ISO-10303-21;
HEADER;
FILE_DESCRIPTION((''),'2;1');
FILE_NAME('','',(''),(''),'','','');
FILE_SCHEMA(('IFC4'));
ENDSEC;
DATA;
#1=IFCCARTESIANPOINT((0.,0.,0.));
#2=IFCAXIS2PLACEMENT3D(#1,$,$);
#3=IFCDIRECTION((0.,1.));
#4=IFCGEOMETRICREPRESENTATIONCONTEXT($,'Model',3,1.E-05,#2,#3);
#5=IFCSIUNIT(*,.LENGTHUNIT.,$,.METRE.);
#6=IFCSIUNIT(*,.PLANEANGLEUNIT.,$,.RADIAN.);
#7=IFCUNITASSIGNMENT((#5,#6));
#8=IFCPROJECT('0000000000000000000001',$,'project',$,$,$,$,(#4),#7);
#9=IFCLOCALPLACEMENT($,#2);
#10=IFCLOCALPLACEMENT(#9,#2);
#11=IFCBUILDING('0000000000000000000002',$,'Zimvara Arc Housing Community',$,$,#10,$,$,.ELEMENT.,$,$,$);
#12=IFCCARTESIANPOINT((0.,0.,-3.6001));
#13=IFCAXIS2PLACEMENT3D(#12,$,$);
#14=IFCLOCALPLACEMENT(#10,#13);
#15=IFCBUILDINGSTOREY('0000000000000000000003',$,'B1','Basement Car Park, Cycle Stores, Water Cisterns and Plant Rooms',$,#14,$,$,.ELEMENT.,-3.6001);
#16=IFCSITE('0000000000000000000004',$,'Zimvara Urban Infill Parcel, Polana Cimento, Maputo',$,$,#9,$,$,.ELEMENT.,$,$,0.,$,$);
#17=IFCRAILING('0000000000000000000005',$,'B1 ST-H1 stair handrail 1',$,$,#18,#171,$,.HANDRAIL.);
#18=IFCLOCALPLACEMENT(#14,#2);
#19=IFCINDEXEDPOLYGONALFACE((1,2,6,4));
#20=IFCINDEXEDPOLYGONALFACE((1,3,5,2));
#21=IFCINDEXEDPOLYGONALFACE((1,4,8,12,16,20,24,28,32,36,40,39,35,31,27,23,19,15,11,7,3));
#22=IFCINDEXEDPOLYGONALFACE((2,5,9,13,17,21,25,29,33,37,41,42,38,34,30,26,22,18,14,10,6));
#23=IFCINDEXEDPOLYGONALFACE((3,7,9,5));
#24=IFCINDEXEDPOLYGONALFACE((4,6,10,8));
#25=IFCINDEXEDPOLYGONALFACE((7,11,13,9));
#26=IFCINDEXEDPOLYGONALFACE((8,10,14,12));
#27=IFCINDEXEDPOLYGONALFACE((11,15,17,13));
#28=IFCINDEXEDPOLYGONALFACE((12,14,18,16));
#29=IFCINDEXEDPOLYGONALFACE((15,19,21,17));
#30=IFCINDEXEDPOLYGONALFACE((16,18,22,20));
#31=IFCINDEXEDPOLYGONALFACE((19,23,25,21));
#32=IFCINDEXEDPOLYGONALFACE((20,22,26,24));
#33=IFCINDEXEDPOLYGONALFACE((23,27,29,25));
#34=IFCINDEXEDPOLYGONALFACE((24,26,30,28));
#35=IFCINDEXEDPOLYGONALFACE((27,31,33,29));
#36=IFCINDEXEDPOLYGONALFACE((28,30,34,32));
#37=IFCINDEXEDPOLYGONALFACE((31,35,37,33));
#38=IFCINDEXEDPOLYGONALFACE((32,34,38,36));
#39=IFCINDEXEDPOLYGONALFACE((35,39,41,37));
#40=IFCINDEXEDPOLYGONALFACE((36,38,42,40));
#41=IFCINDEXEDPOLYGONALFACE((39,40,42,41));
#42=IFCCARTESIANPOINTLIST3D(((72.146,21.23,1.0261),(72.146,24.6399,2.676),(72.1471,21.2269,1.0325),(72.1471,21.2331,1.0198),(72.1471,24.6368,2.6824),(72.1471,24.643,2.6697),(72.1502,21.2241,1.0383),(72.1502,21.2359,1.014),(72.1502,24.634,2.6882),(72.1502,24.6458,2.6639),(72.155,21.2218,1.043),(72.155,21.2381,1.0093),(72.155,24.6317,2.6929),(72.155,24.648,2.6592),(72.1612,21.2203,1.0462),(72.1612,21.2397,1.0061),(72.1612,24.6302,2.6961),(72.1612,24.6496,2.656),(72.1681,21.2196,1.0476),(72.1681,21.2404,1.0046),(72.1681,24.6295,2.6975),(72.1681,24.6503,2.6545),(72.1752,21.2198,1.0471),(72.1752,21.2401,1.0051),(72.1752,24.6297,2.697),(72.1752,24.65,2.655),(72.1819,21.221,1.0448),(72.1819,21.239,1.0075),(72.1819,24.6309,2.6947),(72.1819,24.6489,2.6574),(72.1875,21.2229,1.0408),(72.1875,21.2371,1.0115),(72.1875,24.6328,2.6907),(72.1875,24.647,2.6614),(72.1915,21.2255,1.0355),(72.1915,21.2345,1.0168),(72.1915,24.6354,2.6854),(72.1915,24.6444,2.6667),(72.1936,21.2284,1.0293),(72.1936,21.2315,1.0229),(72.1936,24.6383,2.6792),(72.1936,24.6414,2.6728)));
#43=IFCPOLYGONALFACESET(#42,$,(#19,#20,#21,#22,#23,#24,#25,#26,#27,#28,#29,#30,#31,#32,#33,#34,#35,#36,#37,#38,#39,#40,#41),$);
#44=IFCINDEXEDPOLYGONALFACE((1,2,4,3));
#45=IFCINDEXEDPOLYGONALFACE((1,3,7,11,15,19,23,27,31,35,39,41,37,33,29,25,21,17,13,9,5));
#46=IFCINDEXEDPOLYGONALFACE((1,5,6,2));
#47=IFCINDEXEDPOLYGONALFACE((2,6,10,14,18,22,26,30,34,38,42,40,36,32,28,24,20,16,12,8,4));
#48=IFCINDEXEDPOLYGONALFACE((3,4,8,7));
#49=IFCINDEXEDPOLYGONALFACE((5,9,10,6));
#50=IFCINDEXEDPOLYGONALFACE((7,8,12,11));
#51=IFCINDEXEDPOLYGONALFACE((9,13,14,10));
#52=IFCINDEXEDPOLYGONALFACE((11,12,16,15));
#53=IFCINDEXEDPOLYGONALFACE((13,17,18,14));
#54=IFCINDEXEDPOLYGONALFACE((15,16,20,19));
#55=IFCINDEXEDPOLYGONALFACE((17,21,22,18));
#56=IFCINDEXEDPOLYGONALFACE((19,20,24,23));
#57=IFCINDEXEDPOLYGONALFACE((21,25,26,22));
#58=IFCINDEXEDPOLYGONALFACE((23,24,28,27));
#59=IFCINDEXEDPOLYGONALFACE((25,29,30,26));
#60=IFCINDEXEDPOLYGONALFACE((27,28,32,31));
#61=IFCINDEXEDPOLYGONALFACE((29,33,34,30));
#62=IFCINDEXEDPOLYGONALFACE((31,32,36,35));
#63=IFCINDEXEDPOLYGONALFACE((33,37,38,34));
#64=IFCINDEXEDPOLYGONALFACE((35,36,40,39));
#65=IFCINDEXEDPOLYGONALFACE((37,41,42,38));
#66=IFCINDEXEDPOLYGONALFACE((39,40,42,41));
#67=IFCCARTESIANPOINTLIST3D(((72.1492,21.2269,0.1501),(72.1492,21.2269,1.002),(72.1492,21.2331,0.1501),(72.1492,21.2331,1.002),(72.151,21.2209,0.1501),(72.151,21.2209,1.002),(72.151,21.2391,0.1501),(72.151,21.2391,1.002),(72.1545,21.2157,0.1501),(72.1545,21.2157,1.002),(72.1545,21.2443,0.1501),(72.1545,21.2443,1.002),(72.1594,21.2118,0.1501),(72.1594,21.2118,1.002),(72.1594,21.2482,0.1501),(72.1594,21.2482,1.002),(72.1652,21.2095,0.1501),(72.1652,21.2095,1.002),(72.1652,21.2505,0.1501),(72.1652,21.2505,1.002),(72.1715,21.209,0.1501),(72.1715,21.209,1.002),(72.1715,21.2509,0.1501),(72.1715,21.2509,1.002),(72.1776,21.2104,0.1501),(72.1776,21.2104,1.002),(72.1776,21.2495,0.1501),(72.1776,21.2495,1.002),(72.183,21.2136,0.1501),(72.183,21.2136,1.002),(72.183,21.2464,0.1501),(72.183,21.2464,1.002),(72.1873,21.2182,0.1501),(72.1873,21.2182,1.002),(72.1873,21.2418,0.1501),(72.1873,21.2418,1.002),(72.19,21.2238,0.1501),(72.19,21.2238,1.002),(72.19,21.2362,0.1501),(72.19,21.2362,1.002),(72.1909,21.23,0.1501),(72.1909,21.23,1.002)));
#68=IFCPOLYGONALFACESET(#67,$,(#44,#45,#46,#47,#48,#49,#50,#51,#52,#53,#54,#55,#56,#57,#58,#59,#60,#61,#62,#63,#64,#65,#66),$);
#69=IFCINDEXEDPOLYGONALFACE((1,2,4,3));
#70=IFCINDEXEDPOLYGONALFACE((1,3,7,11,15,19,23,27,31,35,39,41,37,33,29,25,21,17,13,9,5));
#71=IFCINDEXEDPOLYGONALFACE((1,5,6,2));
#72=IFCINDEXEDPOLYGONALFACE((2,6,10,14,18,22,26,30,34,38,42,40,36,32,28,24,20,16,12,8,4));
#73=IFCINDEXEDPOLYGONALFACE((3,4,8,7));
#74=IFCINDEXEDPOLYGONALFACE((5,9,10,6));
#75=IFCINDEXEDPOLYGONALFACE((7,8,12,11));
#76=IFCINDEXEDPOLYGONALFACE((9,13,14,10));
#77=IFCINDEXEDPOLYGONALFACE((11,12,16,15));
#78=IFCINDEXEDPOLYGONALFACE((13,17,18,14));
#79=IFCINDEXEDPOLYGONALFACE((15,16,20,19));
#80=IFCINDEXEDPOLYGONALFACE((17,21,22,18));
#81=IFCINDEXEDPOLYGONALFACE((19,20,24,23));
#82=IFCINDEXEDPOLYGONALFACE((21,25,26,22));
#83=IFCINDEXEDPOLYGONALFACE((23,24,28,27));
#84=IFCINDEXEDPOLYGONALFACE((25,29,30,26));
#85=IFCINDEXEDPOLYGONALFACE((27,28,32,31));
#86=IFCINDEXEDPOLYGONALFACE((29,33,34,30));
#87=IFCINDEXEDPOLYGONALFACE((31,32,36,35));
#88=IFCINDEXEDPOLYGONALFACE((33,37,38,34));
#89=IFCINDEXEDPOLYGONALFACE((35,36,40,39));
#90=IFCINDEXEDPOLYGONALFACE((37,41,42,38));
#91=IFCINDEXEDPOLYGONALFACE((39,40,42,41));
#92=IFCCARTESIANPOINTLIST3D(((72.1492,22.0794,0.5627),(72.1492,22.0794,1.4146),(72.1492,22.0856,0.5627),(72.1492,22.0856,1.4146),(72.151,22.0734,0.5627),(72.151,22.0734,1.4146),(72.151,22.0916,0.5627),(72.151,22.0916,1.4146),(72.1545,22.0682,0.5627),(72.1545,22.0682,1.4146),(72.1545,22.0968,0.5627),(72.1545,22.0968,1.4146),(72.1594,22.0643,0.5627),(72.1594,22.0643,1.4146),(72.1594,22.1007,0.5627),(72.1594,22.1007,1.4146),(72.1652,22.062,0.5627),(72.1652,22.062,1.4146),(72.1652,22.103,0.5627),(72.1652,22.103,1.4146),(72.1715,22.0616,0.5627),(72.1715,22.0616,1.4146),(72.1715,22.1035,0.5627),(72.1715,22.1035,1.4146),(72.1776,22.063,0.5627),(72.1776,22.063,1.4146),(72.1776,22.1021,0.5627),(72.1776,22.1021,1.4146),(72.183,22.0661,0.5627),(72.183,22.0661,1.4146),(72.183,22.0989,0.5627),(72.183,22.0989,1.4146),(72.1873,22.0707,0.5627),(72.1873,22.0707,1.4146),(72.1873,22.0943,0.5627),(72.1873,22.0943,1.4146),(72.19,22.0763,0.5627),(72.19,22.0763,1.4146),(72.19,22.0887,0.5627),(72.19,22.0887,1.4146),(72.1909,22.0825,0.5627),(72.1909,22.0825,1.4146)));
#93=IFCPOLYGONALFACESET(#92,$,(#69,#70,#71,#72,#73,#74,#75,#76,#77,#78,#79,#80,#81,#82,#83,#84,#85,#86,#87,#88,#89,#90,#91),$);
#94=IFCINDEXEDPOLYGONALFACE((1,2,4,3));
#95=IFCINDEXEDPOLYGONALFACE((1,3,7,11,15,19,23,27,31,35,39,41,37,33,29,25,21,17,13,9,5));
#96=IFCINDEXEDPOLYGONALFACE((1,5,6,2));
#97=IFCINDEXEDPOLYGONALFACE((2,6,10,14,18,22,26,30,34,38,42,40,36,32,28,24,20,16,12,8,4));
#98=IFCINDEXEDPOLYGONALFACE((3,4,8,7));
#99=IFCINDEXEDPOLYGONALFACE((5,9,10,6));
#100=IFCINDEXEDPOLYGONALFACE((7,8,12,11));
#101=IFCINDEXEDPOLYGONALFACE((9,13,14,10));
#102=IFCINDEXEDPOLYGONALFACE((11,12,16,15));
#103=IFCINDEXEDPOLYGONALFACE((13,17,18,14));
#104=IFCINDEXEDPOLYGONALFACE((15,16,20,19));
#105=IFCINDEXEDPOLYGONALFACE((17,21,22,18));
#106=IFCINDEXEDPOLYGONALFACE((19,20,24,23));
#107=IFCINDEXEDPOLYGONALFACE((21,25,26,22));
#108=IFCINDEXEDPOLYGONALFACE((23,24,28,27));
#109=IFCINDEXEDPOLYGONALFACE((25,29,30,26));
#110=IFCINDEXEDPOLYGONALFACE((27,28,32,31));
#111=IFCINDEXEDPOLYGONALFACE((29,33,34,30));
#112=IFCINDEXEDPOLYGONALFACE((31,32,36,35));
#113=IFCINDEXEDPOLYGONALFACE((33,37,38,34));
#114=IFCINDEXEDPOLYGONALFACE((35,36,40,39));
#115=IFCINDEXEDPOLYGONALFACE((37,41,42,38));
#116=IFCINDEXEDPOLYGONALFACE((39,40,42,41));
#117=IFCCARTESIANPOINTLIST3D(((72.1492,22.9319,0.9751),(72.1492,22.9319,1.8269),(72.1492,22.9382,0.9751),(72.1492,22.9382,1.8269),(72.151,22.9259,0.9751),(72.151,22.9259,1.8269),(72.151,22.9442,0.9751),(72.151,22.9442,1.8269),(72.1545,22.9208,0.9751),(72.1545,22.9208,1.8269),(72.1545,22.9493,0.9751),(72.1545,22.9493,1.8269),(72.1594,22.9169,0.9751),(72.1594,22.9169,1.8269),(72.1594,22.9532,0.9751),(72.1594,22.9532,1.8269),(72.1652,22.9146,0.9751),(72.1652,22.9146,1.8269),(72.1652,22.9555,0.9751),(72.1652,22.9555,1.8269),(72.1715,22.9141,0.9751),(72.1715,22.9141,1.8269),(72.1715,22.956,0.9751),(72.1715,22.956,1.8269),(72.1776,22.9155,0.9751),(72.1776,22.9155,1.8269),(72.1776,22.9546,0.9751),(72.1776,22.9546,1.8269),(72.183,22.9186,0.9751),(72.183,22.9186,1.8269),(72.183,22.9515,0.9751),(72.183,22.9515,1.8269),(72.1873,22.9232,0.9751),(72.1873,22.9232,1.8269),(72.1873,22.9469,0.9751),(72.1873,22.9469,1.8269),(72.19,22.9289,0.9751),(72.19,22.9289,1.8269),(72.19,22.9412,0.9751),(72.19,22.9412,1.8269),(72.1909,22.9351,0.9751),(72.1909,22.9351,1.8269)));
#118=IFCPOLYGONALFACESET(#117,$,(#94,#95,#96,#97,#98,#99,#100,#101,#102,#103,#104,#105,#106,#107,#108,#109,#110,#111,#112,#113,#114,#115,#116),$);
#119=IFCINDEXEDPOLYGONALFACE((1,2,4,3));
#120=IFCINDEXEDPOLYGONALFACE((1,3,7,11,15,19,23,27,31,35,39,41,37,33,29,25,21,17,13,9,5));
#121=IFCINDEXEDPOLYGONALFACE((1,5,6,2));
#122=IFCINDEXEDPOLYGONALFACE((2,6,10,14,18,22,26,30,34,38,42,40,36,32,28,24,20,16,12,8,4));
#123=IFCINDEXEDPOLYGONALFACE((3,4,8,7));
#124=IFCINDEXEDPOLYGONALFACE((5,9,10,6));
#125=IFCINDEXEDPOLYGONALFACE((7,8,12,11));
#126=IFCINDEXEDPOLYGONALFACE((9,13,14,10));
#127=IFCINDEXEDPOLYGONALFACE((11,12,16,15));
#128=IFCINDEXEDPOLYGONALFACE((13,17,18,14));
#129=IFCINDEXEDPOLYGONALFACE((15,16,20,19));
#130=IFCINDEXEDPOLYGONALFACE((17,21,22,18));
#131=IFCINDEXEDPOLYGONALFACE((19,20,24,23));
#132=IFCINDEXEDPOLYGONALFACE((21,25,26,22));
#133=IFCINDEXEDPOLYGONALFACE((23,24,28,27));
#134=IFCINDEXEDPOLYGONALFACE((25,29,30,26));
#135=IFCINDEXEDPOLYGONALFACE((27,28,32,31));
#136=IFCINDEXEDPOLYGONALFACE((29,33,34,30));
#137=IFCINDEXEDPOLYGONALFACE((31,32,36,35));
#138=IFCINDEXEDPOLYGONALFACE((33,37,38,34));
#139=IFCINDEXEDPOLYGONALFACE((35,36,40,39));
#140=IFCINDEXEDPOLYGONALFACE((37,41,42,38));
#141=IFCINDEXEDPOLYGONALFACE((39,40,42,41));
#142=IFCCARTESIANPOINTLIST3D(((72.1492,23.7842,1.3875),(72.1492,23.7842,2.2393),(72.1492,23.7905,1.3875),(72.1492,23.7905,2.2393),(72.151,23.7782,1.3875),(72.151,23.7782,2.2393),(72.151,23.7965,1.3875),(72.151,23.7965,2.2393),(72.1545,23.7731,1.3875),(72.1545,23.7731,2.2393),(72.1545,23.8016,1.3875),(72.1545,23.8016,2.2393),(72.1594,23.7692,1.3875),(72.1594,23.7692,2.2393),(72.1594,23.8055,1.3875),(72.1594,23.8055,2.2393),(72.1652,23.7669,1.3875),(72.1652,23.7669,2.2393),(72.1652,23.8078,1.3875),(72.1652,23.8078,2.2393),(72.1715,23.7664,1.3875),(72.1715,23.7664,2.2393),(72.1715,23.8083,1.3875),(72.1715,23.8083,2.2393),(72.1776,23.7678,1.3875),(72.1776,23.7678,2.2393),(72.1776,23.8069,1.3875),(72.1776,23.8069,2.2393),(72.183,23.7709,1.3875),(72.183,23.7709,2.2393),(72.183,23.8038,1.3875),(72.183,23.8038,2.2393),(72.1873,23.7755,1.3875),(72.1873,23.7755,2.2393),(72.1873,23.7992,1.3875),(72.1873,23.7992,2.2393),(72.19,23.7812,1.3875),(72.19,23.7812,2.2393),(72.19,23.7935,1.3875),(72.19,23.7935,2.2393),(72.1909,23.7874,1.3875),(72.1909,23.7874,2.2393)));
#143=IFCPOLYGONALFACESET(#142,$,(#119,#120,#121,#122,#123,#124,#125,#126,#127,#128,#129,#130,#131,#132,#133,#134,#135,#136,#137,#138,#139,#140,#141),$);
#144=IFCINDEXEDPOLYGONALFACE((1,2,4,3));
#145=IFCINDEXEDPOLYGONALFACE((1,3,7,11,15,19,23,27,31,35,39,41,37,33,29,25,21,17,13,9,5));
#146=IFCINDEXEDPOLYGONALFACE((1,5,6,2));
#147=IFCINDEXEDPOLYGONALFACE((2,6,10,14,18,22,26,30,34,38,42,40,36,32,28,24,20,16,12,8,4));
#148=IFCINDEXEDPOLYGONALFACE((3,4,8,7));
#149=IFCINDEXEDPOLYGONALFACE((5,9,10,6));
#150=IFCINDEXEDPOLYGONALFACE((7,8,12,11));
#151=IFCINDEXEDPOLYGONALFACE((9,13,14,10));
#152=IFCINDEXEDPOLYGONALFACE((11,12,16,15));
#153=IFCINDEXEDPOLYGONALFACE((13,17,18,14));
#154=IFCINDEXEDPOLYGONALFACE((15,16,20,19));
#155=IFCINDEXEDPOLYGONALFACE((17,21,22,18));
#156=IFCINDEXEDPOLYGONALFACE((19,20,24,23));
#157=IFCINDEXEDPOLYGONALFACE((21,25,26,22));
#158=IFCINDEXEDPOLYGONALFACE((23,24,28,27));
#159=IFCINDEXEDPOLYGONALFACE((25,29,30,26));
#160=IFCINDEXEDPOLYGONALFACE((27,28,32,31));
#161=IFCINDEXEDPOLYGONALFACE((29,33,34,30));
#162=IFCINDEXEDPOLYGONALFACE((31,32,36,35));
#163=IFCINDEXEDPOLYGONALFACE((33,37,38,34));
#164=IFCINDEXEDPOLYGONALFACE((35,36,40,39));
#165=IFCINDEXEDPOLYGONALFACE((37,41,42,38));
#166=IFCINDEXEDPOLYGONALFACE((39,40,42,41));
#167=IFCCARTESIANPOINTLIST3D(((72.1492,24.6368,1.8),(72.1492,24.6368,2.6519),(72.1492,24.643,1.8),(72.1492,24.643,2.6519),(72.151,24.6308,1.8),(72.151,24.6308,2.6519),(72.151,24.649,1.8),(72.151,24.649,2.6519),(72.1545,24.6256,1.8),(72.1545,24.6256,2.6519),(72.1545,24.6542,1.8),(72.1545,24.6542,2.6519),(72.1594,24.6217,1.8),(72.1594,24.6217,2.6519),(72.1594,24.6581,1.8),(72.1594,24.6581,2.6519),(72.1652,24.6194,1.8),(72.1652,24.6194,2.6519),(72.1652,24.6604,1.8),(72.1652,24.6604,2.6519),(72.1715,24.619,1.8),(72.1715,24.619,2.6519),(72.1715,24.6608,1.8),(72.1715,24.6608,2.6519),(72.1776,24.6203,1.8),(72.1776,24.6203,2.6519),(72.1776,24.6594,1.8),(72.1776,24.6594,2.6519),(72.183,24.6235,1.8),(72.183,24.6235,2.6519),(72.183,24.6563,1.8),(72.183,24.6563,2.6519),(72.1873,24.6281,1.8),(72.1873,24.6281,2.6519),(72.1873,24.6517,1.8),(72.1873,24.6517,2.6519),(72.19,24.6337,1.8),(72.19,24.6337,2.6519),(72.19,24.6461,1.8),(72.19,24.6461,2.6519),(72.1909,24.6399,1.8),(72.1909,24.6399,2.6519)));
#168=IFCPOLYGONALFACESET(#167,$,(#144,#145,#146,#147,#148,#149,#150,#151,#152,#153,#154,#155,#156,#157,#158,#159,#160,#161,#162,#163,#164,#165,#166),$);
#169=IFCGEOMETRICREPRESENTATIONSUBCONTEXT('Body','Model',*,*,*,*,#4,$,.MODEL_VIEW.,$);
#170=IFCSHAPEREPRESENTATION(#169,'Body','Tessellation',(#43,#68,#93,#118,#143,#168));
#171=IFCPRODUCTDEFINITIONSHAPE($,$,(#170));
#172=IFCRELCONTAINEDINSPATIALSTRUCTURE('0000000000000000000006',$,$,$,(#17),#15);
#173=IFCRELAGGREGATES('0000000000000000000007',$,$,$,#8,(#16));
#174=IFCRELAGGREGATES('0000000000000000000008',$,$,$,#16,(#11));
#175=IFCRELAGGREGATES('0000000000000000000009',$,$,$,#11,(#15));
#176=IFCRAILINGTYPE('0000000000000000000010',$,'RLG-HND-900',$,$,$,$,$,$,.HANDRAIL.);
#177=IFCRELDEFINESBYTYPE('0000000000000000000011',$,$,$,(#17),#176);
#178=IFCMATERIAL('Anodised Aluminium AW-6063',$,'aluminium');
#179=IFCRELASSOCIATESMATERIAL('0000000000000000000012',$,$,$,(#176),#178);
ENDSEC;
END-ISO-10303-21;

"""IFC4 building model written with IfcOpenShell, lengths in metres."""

from ifc_helpers import new_model, si_unit, direction, frame, origin, origin_2d, place, context, subcontext, project, spatial, circle, extrude, material, type_object, element, save


model = new_model("IFC4")

# Units and contexts
model_context = context("Model", 3, precision=1e-05, world=origin(), true_north=direction((0.0, 1.0)))
body_context = subcontext(model_context, "Body", "Model", "MODEL_VIEW")
ifc_project = project(units=[si_unit("LENGTHUNIT", "METRE"), si_unit("PLANEANGLEUNIT", "RADIAN")], contexts=[model_context])

# Site, building, storey
site_placement = place(None, origin())
site = spatial("IfcSite", under=ifc_project, at=site_placement, Name="Zimvara Urban Infill Parcel, Polana Cimento, Maputo", CompositionType="ELEMENT", RefElevation=0.0)
building_placement = place(site_placement, origin())
building = spatial("IfcBuilding", under=site, at=building_placement, Name="Zimvara Arc Housing Community", CompositionType="ELEMENT")
storey_placement = place(building_placement, frame((0.0, 0.0, -3.6001)))
storey = spatial("IfcBuildingStorey", under=building, at=storey_placement, Name="B1", Description="Basement Car Park, Cycle Stores, Water Cisterns and Plant Rooms", CompositionType="ELEMENT", Elevation=-3.6001)

# Railing
ifc_material_1 = material(Name="Anodised Aluminium AW-6063", Category="aluminium")
railing_type_1 = type_object("IfcRailingType", Name="RLG-HND-900", PredefinedType="HANDRAIL", material=ifc_material_1)
railing_1_placement = place(storey_placement, frame((72.1699, 21.23, 0.1501)))
element("IfcRailing", 1, at=railing_1_placement, inside=storey, type_object=railing_type_1, Name="B1 ST-H1 stair handrail 1", PredefinedType="HANDRAIL", context=body_context, shape_type="SweptSolid", body=[
    extrude(circle(Radius=0.0239, at=origin_2d()), frame((0.0, 0.0, 0.876), z_axis=(0.0, 0.900165, 0.435549), x_axis=(-1.0, 0.0, 0.0)), (0.0, 0.0, 1.0), 3.7881),
    extrude(circle(Radius=0.021, at=origin_2d()), origin(), (0.0, 0.0, 1.0), 0.8518),
    extrude(circle(Radius=0.021, at=origin_2d()), frame((0.0, 0.8525, 0.4126)), (0.0, 0.0, 1.0), 0.8518),
    extrude(circle(Radius=0.021, at=origin_2d()), frame((0.0, 1.7051, 0.825)), (0.0, 0.0, 1.0), 0.8518),
    extrude(circle(Radius=0.021, at=origin_2d()), frame((0.0, 2.5574, 1.2373)), (0.0, 0.0, 1.0), 0.8518),
    extrude(circle(Radius=0.021, at=origin_2d()), frame((0.0, 3.4099, 1.6499)), (0.0, 0.0, 1.0), 0.8518),
])

save(model, "model.ifc")
